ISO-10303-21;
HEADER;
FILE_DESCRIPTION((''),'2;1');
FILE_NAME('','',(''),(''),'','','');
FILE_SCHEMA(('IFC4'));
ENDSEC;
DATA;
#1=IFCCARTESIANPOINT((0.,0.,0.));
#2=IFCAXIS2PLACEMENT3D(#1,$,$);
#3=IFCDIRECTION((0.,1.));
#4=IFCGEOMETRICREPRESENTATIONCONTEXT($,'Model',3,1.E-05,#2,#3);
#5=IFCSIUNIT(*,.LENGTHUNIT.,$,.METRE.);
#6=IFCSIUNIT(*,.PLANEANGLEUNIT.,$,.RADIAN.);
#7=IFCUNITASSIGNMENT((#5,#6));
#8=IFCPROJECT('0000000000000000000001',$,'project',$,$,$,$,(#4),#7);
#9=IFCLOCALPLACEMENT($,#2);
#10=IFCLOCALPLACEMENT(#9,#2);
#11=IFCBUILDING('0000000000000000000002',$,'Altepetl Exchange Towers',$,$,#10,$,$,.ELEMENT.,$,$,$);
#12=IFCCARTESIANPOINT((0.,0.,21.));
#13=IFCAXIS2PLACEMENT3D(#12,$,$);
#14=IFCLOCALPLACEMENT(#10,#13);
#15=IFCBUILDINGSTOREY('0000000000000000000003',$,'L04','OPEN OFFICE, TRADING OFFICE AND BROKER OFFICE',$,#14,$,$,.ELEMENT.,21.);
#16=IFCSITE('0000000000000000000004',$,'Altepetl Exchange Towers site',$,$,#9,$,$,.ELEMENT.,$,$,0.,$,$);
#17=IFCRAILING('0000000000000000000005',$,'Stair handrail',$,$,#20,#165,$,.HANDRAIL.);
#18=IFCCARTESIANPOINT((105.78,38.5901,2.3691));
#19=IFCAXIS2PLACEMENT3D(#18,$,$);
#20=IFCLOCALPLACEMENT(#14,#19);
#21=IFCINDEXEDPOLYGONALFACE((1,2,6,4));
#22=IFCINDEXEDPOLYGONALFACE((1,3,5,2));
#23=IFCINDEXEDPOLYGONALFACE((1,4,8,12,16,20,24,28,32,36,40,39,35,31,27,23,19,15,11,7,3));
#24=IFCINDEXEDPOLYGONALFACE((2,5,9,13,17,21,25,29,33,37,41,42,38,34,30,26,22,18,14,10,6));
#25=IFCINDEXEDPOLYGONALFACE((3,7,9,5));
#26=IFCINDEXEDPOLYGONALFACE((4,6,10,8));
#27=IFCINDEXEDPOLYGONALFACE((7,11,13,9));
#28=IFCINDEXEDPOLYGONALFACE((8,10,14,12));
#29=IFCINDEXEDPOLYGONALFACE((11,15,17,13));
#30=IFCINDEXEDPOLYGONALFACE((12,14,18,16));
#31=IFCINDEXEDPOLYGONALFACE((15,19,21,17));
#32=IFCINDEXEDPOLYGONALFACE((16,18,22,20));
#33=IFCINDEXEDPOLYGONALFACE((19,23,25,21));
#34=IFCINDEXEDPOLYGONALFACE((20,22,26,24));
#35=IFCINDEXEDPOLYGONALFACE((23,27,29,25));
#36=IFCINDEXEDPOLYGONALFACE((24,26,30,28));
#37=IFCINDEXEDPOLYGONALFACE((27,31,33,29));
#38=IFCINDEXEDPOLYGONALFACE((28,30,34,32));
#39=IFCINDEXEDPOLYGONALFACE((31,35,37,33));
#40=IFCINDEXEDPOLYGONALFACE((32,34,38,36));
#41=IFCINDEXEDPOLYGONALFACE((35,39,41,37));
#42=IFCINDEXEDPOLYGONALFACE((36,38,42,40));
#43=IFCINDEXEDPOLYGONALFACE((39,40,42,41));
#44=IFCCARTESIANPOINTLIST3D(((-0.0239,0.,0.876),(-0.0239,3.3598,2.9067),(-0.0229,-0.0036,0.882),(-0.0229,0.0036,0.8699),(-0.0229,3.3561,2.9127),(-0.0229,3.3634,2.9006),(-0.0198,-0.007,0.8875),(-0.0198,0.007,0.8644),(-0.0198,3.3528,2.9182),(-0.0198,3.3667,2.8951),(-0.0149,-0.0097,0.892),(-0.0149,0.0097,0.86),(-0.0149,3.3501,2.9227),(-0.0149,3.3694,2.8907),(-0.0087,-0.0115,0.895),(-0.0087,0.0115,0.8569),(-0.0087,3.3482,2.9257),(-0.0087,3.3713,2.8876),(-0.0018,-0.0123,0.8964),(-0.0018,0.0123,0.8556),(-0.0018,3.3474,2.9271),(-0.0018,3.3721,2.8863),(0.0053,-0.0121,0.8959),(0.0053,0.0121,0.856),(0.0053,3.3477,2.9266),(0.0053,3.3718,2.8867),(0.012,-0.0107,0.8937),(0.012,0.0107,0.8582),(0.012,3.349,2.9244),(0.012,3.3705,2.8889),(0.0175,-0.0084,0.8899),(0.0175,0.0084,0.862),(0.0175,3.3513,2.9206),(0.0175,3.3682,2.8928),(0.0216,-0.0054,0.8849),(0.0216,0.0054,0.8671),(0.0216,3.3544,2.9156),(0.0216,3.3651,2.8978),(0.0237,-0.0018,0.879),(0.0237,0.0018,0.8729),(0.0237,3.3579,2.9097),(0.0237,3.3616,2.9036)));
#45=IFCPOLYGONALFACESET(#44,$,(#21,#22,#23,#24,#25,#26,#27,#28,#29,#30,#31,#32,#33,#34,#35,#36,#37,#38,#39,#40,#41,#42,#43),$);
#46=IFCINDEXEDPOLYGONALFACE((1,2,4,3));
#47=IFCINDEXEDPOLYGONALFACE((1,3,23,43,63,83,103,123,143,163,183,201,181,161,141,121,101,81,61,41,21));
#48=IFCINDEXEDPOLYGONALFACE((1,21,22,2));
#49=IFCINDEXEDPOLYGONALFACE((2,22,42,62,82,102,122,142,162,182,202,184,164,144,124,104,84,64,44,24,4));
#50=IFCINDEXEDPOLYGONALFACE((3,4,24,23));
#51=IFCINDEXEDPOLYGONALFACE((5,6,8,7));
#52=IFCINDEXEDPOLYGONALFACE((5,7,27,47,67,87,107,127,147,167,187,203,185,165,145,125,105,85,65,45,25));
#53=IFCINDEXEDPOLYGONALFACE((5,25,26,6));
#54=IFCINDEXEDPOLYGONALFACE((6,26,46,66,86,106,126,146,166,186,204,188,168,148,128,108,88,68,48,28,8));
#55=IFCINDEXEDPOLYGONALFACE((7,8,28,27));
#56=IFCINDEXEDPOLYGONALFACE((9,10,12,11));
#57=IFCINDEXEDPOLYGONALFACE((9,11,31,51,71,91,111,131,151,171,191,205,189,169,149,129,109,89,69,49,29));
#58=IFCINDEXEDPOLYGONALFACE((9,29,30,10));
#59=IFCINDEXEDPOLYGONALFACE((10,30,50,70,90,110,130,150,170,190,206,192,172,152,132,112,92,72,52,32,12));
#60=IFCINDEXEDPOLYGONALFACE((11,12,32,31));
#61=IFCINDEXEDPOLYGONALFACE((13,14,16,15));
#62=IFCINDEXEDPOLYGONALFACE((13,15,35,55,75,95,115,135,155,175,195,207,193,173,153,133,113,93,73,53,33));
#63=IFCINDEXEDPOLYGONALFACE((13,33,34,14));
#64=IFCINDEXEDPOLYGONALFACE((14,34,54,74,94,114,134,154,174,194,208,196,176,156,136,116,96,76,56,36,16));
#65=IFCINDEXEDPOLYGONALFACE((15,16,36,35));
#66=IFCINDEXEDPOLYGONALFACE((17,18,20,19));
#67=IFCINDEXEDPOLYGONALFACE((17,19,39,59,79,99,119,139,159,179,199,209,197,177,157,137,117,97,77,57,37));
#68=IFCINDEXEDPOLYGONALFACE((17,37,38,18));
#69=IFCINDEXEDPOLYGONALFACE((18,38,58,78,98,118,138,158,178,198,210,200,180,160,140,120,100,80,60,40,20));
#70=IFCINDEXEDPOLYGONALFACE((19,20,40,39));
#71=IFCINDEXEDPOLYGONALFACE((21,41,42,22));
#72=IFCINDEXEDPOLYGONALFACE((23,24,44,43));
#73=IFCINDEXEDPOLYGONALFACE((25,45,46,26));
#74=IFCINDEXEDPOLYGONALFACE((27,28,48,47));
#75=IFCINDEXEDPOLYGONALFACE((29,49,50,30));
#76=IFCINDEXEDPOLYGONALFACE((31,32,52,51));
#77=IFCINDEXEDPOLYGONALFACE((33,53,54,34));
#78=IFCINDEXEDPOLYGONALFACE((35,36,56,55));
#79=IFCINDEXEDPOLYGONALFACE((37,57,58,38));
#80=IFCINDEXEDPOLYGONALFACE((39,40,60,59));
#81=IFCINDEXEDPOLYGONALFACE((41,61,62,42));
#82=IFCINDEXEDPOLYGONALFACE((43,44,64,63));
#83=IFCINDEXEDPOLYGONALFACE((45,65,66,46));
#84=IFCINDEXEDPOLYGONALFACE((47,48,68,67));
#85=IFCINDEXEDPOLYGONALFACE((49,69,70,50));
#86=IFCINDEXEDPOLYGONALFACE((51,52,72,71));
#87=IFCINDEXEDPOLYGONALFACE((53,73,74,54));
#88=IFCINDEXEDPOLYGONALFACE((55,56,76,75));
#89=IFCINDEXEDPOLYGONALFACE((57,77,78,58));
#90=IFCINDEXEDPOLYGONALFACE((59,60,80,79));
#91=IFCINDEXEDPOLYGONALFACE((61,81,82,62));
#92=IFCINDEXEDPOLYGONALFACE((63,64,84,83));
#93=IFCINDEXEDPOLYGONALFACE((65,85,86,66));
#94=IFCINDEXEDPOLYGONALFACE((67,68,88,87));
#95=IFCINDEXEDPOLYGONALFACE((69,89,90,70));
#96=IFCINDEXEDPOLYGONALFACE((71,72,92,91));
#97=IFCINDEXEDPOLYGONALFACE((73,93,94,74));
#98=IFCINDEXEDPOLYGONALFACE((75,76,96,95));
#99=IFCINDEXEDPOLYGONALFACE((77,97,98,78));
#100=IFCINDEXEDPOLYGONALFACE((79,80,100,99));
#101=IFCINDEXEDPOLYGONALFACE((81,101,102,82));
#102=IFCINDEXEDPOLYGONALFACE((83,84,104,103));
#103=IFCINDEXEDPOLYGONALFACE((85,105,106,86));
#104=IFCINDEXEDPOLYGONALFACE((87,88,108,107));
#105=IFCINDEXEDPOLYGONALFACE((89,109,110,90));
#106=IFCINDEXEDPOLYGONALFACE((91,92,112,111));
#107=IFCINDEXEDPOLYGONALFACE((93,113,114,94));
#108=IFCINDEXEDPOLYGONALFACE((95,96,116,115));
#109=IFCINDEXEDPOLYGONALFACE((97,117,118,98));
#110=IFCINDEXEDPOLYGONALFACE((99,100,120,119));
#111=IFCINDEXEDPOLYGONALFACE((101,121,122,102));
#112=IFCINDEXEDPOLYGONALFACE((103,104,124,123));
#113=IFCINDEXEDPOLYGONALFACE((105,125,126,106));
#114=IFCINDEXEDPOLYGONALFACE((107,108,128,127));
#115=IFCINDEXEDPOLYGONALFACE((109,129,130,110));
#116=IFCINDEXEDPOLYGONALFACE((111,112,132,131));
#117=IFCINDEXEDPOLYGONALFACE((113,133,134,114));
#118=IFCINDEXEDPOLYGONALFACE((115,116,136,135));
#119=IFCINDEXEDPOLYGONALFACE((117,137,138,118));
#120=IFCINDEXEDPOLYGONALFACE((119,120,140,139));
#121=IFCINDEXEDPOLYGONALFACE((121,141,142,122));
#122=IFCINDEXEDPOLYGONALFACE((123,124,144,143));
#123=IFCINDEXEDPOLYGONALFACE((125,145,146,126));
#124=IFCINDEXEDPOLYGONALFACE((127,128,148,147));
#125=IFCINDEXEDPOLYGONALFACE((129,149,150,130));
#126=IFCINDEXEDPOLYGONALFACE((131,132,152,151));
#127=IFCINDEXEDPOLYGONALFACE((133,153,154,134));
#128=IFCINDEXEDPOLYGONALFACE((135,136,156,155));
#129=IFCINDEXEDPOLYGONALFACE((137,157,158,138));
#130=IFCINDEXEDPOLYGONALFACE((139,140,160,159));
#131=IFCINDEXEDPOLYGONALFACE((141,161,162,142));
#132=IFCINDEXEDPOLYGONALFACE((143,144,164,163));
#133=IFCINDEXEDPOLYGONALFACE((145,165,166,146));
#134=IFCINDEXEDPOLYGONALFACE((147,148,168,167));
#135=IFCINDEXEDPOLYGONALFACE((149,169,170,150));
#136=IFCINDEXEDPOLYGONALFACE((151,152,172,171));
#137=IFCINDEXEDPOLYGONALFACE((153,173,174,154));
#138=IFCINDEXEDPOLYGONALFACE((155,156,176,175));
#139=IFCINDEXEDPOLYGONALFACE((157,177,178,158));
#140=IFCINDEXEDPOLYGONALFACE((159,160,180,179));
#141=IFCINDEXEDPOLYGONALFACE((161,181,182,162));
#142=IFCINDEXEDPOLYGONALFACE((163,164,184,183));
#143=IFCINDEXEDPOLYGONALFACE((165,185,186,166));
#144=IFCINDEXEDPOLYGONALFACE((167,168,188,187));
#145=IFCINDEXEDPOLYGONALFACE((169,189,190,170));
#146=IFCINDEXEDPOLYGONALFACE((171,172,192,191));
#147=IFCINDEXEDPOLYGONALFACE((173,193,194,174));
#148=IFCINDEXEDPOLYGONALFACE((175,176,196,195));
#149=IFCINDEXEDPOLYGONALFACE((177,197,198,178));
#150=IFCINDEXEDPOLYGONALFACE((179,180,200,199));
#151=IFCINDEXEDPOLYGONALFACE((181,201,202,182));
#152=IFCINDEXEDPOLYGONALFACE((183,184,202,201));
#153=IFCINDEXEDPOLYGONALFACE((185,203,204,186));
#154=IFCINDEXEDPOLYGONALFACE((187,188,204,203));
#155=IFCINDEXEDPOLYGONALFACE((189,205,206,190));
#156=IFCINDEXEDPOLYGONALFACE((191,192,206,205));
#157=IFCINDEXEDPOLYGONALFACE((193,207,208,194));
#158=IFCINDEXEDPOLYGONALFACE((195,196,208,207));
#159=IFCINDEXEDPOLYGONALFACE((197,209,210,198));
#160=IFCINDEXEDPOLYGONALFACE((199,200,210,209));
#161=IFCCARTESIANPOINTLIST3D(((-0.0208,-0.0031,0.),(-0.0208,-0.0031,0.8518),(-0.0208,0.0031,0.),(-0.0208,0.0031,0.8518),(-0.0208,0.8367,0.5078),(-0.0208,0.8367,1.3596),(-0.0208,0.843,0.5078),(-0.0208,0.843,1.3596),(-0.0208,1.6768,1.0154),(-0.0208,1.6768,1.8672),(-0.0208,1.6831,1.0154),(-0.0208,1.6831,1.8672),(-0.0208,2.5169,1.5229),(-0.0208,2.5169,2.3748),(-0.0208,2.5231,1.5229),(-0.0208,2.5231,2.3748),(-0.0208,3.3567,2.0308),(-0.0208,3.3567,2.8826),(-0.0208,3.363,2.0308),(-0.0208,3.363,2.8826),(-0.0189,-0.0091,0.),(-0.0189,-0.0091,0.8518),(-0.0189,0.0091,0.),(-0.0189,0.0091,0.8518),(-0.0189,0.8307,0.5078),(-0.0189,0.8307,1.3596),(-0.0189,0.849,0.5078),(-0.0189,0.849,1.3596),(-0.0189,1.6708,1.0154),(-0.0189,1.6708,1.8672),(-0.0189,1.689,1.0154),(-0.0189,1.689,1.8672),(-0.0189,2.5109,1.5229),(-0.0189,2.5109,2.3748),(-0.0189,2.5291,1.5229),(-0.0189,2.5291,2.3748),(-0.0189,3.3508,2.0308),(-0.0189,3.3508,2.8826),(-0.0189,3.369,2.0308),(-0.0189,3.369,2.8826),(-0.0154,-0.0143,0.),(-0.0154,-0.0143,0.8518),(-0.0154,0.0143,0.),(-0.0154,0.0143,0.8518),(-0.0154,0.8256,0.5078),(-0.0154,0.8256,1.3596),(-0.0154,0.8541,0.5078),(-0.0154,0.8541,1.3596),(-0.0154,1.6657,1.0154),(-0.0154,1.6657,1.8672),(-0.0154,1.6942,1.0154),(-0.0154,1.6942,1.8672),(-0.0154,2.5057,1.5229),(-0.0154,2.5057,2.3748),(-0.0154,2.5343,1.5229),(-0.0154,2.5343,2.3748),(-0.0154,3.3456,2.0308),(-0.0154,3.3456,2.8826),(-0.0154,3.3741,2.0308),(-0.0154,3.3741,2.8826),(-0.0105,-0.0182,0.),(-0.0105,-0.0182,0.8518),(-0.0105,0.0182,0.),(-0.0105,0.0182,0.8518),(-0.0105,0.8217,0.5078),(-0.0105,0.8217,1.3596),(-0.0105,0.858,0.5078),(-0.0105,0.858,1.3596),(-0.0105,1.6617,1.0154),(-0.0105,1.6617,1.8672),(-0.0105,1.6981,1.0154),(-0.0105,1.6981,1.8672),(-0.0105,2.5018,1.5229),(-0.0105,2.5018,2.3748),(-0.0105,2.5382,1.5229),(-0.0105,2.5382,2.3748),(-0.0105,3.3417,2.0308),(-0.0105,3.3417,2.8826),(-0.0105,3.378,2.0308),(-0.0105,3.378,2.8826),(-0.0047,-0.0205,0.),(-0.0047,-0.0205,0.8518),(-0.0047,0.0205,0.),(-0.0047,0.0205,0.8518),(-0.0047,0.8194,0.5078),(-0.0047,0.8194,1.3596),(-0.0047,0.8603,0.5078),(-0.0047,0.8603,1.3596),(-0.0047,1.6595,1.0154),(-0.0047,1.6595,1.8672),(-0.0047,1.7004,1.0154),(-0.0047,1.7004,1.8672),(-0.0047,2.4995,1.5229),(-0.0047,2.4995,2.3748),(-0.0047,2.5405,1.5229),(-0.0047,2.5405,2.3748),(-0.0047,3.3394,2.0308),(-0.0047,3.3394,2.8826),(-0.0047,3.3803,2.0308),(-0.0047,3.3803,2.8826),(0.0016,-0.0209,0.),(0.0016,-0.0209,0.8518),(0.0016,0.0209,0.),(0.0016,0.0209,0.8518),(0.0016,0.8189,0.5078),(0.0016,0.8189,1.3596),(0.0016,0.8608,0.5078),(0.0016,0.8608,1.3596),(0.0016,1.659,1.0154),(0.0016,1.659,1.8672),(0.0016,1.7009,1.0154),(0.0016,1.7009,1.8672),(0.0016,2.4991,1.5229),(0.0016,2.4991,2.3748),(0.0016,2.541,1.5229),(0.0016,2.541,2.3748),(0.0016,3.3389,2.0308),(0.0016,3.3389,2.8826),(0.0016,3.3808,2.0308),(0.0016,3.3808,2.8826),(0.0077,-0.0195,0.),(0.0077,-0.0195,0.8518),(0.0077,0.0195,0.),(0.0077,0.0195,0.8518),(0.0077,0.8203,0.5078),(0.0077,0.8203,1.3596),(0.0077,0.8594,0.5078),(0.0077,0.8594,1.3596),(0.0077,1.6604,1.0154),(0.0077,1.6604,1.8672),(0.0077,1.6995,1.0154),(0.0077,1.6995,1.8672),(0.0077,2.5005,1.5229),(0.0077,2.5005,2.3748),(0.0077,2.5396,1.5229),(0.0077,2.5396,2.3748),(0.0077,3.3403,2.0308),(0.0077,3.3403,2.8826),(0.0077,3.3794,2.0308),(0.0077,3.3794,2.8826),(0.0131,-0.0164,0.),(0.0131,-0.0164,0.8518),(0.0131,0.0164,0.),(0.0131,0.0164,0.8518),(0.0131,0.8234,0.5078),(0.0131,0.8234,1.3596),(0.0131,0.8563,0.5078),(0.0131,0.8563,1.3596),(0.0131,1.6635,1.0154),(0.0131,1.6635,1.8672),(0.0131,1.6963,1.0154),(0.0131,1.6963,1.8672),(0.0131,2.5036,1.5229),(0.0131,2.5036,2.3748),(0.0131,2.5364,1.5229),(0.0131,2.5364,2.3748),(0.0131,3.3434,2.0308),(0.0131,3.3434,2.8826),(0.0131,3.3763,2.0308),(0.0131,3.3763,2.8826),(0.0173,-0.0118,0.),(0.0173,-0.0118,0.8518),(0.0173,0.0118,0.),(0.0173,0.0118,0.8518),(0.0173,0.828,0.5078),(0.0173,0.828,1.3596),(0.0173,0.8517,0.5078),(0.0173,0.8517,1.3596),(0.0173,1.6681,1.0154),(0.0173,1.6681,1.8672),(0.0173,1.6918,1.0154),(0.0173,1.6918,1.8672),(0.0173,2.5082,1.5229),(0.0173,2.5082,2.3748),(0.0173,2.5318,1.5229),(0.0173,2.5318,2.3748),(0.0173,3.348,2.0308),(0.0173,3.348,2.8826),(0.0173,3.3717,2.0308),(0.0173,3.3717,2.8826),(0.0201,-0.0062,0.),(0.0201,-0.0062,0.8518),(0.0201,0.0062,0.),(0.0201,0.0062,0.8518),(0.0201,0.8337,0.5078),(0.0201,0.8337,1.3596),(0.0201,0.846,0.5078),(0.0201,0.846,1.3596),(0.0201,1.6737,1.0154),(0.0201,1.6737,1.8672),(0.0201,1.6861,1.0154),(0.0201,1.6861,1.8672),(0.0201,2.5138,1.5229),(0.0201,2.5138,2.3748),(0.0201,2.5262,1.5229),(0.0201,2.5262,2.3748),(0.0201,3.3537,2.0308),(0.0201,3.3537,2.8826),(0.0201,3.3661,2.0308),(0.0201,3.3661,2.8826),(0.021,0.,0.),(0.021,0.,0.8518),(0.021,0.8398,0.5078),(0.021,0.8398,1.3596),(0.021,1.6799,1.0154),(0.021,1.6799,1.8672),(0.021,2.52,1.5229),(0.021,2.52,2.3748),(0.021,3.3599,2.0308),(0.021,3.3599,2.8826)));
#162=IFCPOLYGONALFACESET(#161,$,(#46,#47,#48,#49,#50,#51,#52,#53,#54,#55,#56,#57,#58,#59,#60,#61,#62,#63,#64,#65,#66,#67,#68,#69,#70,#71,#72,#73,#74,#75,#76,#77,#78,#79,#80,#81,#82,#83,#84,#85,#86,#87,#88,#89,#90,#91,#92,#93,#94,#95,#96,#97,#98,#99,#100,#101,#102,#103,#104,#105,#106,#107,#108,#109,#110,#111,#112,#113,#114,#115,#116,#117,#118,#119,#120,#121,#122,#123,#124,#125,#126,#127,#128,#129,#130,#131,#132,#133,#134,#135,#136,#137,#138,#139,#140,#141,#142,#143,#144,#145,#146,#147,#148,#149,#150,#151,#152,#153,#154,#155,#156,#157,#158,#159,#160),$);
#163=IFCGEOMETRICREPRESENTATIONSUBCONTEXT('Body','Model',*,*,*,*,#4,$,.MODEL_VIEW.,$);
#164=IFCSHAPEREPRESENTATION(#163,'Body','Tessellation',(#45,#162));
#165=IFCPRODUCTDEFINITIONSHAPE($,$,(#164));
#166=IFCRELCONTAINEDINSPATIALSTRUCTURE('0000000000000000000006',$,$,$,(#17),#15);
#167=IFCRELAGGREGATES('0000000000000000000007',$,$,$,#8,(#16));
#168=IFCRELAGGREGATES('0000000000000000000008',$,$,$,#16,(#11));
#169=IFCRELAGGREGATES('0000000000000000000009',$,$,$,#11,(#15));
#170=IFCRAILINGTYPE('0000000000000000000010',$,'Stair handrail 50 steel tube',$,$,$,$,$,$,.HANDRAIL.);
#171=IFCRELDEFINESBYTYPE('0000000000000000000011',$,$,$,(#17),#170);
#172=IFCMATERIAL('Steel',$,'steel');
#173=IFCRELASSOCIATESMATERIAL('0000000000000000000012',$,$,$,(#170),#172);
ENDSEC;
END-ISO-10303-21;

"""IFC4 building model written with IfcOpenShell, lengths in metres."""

from ifc_helpers import new_model, si_unit, direction, frame, origin, origin_2d, place, context, subcontext, project, spatial, circle, extrude, source, transform, mapped, material, type_object, element, save


model = new_model("IFC4")

# Units and contexts
model_context = context("Model", 3, precision=1e-05, world=origin(), true_north=direction((0.0, 1.0)))
body_context = subcontext(model_context, "Body", "Model", "MODEL_VIEW")
ifc_project = project(units=[si_unit("LENGTHUNIT", "METRE"), si_unit("PLANEANGLEUNIT", "RADIAN")], contexts=[model_context])

# Site, building, storey
site_placement = place(None, origin())
site = spatial("IfcSite", under=ifc_project, at=site_placement, Name="Altepetl Exchange Towers site", CompositionType="ELEMENT", RefElevation=0.0)
building_placement = place(site_placement, origin())
building = spatial("IfcBuilding", under=site, at=building_placement, Name="Altepetl Exchange Towers", CompositionType="ELEMENT")
storey_placement = place(building_placement, frame((0.0, 0.0, 21.0)))
storey = spatial("IfcBuildingStorey", under=building, at=storey_placement, Name="L04", Description="OPEN OFFICE, TRADING OFFICE AND BROKER OFFICE", CompositionType="ELEMENT", Elevation=21.0)

# Railing
ifc_material_1 = material(Name="Steel", Category="steel")
railing_type = type_object("IfcRailingType", Name="Stair handrail 50 steel tube", PredefinedType="HANDRAIL", material=ifc_material_1)
shared_shape = source(origin(), body_context, "Body", "SweptSolid", [
    extrude(circle(Radius=0.021, at=origin_2d()), origin(), (0.0, 0.0, 1.0), 0.8518),
])
railing_1_placement = place(storey_placement, frame((105.78, 38.5901, 2.3691)))
element("IfcRailing", 1, at=railing_1_placement, inside=storey, type_object=railing_type, Name="Stair handrail", PredefinedType="HANDRAIL", context=body_context, shape_type="SweptSolid", body=[
    extrude(circle(Radius=0.0239, at=origin_2d()), frame((0.0, 0.0, 0.876), z_axis=(0.0, 0.85582, 0.517273), x_axis=(-1.0, 0.0, 0.0)), (0.0, 0.0, 1.0), 3.9258),
    mapped(shared_shape, transform((0.0, 0.0, 0.0))),
    mapped(shared_shape, transform((0.0, 0.8398, 0.5078))),
    mapped(shared_shape, transform((0.0, 1.6799, 1.0154))),
    mapped(shared_shape, transform((0.0, 2.52, 1.5229))),
    mapped(shared_shape, transform((0.0, 3.3599, 2.0308))),
])

save(model, "model.ifc")
